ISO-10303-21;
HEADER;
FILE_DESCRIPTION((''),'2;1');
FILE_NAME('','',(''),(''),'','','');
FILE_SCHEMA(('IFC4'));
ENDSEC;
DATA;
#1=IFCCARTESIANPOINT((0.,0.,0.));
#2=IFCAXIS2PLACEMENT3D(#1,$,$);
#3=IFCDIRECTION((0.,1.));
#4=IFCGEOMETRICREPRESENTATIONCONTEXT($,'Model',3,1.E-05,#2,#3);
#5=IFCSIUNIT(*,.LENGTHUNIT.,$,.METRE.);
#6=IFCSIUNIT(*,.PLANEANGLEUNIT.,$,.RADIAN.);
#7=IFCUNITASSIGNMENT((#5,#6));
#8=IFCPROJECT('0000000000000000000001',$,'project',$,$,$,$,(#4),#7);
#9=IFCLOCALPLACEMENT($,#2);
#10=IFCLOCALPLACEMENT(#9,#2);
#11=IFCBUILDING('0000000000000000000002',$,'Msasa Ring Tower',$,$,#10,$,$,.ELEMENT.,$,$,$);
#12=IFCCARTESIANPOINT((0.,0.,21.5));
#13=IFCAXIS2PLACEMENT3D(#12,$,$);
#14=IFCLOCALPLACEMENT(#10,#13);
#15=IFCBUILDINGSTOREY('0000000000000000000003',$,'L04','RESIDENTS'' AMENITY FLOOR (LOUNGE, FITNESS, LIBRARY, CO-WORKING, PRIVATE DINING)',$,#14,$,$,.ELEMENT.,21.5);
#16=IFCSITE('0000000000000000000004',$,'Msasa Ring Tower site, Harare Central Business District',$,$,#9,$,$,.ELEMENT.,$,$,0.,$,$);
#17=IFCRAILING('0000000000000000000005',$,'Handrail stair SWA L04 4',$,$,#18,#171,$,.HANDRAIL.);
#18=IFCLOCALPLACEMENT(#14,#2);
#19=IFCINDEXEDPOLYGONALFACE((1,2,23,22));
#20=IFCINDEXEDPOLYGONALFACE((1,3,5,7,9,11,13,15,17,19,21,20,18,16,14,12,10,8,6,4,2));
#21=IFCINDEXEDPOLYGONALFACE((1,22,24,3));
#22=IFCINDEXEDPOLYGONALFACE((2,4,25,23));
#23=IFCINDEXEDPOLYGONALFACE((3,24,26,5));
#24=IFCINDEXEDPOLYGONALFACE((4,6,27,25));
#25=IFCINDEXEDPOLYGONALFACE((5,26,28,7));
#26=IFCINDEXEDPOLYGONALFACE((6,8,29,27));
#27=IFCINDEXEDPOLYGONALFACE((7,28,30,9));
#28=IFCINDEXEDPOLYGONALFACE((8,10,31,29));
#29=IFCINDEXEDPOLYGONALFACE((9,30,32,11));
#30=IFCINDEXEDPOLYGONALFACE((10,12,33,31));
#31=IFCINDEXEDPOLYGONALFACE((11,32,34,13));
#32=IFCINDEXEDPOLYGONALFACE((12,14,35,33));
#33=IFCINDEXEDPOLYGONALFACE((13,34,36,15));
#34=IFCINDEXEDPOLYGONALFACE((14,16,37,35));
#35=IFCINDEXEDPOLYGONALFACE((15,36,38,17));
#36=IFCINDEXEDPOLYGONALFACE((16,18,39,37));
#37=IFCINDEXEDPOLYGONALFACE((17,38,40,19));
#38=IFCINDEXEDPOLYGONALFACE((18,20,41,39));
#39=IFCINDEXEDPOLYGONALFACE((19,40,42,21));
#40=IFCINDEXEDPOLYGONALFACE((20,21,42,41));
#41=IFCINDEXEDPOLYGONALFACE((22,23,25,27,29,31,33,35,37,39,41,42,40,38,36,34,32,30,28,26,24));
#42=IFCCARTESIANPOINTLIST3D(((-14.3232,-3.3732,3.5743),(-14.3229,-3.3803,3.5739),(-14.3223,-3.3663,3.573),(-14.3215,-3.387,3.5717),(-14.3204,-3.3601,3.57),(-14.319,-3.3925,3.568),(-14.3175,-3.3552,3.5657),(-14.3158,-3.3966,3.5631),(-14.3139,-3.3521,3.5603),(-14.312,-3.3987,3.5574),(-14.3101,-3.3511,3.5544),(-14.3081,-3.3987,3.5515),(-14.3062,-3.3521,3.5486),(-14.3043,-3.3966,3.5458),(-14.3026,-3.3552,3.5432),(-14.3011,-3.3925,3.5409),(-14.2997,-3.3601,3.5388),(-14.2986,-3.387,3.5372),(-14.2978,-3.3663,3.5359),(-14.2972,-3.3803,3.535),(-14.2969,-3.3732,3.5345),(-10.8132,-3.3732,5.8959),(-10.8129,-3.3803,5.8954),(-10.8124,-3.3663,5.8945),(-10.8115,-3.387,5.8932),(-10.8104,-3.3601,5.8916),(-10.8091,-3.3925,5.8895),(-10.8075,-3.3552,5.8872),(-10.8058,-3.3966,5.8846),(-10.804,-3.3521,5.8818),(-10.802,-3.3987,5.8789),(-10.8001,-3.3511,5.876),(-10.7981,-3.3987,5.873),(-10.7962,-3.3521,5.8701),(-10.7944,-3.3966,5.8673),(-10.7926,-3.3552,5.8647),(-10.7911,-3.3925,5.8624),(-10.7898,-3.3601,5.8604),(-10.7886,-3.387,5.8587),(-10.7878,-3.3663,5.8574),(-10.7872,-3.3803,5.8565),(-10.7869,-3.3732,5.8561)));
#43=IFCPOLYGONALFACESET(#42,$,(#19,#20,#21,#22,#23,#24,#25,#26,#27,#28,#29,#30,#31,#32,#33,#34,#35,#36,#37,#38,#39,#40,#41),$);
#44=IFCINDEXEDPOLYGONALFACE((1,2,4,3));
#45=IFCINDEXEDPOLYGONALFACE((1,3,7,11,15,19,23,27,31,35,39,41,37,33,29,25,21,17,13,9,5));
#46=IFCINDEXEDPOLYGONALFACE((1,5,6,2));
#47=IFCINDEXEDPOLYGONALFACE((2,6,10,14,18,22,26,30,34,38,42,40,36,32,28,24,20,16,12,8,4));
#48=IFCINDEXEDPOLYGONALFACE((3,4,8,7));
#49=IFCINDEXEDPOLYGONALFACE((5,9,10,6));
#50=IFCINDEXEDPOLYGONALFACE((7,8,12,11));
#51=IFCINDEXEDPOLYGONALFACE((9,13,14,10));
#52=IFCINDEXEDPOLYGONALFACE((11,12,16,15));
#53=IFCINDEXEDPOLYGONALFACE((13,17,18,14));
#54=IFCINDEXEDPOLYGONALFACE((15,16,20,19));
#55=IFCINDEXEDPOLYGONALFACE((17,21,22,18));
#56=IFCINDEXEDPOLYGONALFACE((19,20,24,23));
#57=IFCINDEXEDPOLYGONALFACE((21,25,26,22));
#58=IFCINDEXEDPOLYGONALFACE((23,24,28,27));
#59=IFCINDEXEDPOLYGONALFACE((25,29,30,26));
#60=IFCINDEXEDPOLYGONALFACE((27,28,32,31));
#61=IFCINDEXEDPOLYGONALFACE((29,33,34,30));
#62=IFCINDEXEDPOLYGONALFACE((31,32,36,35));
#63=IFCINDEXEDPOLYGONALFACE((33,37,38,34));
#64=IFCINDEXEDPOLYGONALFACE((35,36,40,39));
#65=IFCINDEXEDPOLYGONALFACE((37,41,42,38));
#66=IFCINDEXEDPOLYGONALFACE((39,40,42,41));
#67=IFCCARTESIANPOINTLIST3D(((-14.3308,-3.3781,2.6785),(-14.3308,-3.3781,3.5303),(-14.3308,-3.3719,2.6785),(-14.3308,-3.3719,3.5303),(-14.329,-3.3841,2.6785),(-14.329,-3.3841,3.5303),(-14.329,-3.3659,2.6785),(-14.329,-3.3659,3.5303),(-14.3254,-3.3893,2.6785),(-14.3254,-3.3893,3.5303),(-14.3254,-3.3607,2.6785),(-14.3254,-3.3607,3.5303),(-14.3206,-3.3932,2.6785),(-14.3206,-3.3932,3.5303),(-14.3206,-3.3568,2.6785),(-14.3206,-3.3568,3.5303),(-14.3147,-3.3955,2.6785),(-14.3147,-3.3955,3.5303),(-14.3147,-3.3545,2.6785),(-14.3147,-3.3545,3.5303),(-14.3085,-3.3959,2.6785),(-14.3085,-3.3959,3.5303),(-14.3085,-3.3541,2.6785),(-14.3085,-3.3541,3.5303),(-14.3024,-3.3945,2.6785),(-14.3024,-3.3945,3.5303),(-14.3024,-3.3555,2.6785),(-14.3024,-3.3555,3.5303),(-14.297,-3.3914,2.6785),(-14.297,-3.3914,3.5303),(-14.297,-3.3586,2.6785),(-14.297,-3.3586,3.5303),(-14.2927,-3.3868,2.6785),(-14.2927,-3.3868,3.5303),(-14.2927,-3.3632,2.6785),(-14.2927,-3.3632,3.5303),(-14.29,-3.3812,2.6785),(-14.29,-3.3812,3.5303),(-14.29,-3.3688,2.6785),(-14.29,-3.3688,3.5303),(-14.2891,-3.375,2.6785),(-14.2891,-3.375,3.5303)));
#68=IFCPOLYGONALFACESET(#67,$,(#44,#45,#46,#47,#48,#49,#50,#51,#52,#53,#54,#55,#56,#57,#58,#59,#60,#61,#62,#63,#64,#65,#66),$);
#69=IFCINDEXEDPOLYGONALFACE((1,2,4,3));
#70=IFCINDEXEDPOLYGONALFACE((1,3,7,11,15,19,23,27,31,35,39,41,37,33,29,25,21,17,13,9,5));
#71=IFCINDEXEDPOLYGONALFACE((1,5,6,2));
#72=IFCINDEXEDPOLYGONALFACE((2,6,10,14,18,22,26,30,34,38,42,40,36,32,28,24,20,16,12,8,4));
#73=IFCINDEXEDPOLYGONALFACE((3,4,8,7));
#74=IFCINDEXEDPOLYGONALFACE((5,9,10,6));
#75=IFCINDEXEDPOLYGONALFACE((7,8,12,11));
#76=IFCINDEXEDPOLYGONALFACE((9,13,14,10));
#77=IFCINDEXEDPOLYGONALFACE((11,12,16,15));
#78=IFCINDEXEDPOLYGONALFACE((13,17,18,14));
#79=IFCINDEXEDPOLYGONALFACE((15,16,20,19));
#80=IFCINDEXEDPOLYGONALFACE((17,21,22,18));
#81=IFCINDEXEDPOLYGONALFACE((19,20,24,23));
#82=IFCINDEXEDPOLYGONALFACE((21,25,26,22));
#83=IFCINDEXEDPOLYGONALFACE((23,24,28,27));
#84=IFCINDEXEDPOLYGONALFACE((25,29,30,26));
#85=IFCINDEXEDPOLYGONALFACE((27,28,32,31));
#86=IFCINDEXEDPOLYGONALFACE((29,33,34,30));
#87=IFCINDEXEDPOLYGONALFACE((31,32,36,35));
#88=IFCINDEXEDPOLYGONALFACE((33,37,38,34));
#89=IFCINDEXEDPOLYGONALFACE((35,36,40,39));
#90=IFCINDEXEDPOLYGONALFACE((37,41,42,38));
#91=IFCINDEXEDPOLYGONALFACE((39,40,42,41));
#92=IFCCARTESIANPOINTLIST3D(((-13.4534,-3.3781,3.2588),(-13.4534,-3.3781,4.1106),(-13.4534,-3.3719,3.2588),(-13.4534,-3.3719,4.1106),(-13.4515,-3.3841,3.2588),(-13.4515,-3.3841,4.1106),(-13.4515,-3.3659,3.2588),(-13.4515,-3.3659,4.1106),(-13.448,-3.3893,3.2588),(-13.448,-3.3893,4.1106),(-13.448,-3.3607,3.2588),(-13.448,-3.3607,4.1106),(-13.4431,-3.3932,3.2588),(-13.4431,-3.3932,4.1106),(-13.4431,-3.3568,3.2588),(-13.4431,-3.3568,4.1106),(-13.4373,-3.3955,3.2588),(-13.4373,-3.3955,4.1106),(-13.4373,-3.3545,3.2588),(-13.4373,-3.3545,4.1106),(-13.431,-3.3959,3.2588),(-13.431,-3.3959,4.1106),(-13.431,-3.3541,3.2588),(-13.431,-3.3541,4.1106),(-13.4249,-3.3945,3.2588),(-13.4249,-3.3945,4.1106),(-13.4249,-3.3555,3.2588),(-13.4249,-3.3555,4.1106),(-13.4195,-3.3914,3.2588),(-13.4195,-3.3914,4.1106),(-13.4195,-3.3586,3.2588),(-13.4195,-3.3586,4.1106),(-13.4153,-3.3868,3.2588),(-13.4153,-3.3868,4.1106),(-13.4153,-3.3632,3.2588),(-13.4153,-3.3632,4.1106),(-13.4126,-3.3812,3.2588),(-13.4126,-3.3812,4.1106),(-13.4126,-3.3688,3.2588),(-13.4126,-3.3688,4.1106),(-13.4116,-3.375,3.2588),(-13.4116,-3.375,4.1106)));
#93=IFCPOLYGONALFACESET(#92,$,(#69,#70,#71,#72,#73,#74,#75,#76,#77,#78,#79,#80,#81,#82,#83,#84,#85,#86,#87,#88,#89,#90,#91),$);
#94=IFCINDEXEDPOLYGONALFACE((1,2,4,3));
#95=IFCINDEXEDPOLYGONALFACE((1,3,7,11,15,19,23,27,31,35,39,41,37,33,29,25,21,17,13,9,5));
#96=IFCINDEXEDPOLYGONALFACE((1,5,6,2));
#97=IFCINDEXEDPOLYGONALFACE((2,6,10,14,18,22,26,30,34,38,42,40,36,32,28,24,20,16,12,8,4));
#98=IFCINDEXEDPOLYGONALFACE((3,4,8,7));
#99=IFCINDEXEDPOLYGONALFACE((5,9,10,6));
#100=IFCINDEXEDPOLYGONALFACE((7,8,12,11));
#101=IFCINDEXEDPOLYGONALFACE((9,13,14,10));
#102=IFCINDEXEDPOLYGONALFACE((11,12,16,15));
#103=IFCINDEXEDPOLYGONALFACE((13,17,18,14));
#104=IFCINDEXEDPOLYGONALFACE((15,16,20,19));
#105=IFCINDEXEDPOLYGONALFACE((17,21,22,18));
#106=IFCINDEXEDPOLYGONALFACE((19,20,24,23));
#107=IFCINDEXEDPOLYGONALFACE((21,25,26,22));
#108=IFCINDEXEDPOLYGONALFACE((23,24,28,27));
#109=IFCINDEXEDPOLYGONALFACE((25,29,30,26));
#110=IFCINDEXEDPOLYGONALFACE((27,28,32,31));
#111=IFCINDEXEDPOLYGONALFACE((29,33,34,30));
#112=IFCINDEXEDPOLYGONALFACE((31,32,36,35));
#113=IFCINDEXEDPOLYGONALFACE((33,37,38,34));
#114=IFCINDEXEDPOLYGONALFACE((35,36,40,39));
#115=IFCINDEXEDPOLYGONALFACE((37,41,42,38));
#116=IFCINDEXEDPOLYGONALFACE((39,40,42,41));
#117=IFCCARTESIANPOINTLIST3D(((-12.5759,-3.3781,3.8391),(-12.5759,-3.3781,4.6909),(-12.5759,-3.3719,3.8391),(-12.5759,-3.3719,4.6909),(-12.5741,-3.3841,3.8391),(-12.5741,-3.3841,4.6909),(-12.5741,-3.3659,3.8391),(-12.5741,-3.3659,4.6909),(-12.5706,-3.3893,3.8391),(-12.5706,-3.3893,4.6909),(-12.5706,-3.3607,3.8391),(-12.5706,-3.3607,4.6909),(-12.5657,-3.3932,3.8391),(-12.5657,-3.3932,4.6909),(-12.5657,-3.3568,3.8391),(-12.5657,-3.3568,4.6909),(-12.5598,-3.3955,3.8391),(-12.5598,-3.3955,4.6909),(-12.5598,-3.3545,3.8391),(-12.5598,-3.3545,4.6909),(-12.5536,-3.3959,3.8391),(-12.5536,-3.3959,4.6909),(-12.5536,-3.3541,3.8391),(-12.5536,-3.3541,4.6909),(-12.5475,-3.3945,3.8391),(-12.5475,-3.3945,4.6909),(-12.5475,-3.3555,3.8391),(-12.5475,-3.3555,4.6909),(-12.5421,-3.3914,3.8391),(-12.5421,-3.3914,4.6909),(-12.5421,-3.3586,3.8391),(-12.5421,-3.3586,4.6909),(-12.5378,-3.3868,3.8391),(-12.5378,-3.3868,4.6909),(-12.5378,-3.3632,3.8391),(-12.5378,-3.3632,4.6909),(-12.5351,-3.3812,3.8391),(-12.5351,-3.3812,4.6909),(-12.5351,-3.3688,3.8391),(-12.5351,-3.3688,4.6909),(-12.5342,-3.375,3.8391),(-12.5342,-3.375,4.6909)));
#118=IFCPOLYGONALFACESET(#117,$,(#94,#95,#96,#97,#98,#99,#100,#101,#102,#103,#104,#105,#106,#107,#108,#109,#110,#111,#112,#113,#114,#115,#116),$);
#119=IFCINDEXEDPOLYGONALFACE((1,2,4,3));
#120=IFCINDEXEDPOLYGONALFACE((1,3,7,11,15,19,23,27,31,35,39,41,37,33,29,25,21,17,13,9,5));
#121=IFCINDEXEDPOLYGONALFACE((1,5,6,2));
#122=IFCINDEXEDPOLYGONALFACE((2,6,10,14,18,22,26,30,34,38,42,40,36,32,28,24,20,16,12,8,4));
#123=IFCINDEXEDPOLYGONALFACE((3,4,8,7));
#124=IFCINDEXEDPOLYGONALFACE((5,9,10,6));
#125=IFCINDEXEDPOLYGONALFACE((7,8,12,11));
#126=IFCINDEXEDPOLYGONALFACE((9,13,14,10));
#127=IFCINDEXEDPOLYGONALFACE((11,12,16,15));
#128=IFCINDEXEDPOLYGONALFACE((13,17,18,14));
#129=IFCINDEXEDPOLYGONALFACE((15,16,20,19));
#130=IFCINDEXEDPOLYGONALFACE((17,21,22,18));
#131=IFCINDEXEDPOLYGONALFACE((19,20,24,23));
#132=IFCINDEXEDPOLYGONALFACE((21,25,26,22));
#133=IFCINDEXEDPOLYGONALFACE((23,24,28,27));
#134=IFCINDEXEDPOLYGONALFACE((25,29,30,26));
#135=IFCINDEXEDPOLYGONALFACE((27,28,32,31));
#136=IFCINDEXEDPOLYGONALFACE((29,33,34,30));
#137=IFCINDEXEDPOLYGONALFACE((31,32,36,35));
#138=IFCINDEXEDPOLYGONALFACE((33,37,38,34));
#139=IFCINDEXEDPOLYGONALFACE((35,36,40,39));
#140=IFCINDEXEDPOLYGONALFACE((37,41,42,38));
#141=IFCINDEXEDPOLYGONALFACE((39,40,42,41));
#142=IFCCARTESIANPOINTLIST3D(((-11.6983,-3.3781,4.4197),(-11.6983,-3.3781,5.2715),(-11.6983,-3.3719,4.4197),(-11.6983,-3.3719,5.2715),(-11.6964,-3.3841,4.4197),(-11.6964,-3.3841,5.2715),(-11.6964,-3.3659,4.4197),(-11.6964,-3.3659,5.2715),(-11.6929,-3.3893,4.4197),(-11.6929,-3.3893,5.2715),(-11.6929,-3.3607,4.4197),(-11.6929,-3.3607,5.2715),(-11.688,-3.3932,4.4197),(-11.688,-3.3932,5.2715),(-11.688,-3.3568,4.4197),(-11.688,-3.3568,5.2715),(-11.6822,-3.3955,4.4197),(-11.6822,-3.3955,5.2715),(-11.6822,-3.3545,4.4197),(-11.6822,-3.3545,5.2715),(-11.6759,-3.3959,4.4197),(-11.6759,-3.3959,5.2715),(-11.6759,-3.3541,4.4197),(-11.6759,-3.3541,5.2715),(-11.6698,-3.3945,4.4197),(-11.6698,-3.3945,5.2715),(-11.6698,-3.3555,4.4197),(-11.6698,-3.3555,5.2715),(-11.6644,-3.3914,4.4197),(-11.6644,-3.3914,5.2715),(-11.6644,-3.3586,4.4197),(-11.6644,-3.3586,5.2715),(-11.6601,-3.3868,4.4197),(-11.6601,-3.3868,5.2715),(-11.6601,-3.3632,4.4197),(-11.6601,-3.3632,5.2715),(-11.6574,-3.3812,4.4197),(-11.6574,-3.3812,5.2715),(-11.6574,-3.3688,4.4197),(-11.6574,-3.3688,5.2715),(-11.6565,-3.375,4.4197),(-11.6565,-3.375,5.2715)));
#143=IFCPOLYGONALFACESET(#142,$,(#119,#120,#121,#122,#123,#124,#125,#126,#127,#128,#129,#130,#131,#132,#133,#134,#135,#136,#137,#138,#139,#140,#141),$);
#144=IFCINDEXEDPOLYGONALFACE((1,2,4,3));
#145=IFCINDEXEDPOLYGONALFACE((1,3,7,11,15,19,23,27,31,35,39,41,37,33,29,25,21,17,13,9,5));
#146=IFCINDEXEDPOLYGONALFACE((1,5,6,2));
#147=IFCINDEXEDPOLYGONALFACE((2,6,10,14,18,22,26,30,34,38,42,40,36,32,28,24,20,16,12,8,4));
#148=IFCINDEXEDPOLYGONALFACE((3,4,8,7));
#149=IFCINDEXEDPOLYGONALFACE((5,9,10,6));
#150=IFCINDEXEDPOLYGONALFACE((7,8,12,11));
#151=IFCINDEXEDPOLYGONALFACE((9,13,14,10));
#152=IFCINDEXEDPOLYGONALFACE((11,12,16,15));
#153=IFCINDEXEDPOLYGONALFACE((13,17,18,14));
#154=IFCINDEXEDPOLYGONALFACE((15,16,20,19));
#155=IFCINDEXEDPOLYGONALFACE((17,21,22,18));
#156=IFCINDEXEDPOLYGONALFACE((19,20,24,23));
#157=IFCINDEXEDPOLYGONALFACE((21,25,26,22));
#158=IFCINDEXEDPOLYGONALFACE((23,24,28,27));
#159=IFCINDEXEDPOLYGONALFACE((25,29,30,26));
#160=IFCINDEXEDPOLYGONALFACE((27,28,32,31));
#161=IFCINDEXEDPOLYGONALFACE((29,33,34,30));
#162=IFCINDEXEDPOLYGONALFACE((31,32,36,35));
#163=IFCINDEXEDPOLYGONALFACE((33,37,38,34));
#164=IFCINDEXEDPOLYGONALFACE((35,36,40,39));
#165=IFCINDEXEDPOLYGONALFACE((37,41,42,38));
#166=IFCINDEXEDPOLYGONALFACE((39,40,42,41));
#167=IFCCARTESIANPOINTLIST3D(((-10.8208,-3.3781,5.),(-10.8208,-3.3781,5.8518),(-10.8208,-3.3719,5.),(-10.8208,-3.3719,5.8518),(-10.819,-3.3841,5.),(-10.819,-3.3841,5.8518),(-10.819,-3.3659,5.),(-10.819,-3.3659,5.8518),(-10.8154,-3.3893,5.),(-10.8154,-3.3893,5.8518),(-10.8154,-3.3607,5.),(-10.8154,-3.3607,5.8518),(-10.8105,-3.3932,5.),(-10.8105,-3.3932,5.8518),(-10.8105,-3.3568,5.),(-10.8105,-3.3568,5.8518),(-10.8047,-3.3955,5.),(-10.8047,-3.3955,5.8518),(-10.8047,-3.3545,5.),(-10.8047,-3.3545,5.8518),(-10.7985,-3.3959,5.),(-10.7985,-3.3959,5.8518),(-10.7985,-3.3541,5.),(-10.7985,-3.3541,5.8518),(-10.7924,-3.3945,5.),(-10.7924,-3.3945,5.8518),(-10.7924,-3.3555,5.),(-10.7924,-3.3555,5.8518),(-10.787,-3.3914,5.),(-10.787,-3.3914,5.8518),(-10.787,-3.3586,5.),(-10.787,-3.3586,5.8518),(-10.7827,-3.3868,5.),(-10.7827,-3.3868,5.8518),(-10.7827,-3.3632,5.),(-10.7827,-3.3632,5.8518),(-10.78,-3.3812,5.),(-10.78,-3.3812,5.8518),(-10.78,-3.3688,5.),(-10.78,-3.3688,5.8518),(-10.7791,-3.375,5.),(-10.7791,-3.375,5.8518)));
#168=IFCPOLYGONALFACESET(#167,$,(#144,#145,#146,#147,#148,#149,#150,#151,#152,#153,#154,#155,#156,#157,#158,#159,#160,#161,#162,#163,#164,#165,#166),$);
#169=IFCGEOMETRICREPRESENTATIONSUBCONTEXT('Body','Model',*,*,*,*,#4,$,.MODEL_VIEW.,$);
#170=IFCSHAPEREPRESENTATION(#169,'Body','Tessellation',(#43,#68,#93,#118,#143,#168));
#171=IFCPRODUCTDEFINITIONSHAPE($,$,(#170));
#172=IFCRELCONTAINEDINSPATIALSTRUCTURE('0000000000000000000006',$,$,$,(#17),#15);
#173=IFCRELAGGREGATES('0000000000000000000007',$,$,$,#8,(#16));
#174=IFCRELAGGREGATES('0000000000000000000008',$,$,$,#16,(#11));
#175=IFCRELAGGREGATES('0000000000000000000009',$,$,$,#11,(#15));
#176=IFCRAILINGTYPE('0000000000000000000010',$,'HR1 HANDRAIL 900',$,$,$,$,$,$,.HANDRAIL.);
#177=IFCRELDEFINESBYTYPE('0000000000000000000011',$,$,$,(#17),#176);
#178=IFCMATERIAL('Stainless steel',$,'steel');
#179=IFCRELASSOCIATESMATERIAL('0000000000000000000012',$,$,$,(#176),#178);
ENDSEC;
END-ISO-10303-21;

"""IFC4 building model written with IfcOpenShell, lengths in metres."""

from ifc_helpers import new_model, si_unit, direction, frame, origin, origin_2d, place, context, subcontext, project, spatial, circle, extrude, material, type_object, element, save


model = new_model("IFC4")

# Units and contexts
model_context = context("Model", 3, precision=1e-05, world=origin(), true_north=direction((0.0, 1.0)))
body_context = subcontext(model_context, "Body", "Model", "MODEL_VIEW")
ifc_project = project(units=[si_unit("LENGTHUNIT", "METRE"), si_unit("PLANEANGLEUNIT", "RADIAN")], contexts=[model_context])

# Site, building, storey
site_placement = place(None, origin())
site = spatial("IfcSite", under=ifc_project, at=site_placement, Name="Msasa Ring Tower site, Harare Central Business District", CompositionType="ELEMENT", RefElevation=0.0)
building_placement = place(site_placement, origin())
building = spatial("IfcBuilding", under=site, at=building_placement, Name="Msasa Ring Tower", CompositionType="ELEMENT")
storey_placement = place(building_placement, frame((0.0, 0.0, 21.5)))
storey = spatial("IfcBuildingStorey", under=building, at=storey_placement, Name="L04", Description="RESIDENTS' AMENITY FLOOR (LOUNGE, FITNESS, LIBRARY, CO-WORKING, PRIVATE DINING)", CompositionType="ELEMENT", Elevation=21.5)

# Railing
ifc_material_1 = material(Name="Stainless steel", Category="steel")
railing_type = type_object("IfcRailingType", Name="HR1 HANDRAIL 900", PredefinedType="HANDRAIL", material=ifc_material_1)
for number, where, name in (
    (1, (-14.3101, -3.375, 2.6785), "Handrail stair SWA L04 4"),
):
    element("IfcRailing", number, at=place(storey_placement, frame(where)), inside=storey, type_object=railing_type, Name=name, PredefinedType="HANDRAIL", context=body_context, shape_type="SweptSolid", body=[
        extrude(circle(Radius=0.0239, at=origin_2d()), frame((0.0, 0.0, 0.876), z_axis=(0.834071, 0.0, 0.551657), x_axis=(0.0, 1.0, 0.0)), (0.0, 0.0, 1.0), 4.2083),
        extrude(circle(Radius=0.021, at=origin_2d()), origin(), (0.0, 0.0, 1.0), 0.8518),
        extrude(circle(Radius=0.021, at=origin_2d()), frame((0.8774, 0.0, 0.5803)), (0.0, 0.0, 1.0), 0.8518),
        extrude(circle(Radius=0.021, at=origin_2d()), frame((1.7549, 0.0, 1.1606)), (0.0, 0.0, 1.0), 0.8518),
        extrude(circle(Radius=0.021, at=origin_2d()), frame((2.6326, 0.0, 1.7412)), (0.0, 0.0, 1.0), 0.8518),
        extrude(circle(Radius=0.021, at=origin_2d()), frame((3.51, 0.0, 2.3215)), (0.0, 0.0, 1.0), 0.8518),
    ])

save(model, "model.ifc")
